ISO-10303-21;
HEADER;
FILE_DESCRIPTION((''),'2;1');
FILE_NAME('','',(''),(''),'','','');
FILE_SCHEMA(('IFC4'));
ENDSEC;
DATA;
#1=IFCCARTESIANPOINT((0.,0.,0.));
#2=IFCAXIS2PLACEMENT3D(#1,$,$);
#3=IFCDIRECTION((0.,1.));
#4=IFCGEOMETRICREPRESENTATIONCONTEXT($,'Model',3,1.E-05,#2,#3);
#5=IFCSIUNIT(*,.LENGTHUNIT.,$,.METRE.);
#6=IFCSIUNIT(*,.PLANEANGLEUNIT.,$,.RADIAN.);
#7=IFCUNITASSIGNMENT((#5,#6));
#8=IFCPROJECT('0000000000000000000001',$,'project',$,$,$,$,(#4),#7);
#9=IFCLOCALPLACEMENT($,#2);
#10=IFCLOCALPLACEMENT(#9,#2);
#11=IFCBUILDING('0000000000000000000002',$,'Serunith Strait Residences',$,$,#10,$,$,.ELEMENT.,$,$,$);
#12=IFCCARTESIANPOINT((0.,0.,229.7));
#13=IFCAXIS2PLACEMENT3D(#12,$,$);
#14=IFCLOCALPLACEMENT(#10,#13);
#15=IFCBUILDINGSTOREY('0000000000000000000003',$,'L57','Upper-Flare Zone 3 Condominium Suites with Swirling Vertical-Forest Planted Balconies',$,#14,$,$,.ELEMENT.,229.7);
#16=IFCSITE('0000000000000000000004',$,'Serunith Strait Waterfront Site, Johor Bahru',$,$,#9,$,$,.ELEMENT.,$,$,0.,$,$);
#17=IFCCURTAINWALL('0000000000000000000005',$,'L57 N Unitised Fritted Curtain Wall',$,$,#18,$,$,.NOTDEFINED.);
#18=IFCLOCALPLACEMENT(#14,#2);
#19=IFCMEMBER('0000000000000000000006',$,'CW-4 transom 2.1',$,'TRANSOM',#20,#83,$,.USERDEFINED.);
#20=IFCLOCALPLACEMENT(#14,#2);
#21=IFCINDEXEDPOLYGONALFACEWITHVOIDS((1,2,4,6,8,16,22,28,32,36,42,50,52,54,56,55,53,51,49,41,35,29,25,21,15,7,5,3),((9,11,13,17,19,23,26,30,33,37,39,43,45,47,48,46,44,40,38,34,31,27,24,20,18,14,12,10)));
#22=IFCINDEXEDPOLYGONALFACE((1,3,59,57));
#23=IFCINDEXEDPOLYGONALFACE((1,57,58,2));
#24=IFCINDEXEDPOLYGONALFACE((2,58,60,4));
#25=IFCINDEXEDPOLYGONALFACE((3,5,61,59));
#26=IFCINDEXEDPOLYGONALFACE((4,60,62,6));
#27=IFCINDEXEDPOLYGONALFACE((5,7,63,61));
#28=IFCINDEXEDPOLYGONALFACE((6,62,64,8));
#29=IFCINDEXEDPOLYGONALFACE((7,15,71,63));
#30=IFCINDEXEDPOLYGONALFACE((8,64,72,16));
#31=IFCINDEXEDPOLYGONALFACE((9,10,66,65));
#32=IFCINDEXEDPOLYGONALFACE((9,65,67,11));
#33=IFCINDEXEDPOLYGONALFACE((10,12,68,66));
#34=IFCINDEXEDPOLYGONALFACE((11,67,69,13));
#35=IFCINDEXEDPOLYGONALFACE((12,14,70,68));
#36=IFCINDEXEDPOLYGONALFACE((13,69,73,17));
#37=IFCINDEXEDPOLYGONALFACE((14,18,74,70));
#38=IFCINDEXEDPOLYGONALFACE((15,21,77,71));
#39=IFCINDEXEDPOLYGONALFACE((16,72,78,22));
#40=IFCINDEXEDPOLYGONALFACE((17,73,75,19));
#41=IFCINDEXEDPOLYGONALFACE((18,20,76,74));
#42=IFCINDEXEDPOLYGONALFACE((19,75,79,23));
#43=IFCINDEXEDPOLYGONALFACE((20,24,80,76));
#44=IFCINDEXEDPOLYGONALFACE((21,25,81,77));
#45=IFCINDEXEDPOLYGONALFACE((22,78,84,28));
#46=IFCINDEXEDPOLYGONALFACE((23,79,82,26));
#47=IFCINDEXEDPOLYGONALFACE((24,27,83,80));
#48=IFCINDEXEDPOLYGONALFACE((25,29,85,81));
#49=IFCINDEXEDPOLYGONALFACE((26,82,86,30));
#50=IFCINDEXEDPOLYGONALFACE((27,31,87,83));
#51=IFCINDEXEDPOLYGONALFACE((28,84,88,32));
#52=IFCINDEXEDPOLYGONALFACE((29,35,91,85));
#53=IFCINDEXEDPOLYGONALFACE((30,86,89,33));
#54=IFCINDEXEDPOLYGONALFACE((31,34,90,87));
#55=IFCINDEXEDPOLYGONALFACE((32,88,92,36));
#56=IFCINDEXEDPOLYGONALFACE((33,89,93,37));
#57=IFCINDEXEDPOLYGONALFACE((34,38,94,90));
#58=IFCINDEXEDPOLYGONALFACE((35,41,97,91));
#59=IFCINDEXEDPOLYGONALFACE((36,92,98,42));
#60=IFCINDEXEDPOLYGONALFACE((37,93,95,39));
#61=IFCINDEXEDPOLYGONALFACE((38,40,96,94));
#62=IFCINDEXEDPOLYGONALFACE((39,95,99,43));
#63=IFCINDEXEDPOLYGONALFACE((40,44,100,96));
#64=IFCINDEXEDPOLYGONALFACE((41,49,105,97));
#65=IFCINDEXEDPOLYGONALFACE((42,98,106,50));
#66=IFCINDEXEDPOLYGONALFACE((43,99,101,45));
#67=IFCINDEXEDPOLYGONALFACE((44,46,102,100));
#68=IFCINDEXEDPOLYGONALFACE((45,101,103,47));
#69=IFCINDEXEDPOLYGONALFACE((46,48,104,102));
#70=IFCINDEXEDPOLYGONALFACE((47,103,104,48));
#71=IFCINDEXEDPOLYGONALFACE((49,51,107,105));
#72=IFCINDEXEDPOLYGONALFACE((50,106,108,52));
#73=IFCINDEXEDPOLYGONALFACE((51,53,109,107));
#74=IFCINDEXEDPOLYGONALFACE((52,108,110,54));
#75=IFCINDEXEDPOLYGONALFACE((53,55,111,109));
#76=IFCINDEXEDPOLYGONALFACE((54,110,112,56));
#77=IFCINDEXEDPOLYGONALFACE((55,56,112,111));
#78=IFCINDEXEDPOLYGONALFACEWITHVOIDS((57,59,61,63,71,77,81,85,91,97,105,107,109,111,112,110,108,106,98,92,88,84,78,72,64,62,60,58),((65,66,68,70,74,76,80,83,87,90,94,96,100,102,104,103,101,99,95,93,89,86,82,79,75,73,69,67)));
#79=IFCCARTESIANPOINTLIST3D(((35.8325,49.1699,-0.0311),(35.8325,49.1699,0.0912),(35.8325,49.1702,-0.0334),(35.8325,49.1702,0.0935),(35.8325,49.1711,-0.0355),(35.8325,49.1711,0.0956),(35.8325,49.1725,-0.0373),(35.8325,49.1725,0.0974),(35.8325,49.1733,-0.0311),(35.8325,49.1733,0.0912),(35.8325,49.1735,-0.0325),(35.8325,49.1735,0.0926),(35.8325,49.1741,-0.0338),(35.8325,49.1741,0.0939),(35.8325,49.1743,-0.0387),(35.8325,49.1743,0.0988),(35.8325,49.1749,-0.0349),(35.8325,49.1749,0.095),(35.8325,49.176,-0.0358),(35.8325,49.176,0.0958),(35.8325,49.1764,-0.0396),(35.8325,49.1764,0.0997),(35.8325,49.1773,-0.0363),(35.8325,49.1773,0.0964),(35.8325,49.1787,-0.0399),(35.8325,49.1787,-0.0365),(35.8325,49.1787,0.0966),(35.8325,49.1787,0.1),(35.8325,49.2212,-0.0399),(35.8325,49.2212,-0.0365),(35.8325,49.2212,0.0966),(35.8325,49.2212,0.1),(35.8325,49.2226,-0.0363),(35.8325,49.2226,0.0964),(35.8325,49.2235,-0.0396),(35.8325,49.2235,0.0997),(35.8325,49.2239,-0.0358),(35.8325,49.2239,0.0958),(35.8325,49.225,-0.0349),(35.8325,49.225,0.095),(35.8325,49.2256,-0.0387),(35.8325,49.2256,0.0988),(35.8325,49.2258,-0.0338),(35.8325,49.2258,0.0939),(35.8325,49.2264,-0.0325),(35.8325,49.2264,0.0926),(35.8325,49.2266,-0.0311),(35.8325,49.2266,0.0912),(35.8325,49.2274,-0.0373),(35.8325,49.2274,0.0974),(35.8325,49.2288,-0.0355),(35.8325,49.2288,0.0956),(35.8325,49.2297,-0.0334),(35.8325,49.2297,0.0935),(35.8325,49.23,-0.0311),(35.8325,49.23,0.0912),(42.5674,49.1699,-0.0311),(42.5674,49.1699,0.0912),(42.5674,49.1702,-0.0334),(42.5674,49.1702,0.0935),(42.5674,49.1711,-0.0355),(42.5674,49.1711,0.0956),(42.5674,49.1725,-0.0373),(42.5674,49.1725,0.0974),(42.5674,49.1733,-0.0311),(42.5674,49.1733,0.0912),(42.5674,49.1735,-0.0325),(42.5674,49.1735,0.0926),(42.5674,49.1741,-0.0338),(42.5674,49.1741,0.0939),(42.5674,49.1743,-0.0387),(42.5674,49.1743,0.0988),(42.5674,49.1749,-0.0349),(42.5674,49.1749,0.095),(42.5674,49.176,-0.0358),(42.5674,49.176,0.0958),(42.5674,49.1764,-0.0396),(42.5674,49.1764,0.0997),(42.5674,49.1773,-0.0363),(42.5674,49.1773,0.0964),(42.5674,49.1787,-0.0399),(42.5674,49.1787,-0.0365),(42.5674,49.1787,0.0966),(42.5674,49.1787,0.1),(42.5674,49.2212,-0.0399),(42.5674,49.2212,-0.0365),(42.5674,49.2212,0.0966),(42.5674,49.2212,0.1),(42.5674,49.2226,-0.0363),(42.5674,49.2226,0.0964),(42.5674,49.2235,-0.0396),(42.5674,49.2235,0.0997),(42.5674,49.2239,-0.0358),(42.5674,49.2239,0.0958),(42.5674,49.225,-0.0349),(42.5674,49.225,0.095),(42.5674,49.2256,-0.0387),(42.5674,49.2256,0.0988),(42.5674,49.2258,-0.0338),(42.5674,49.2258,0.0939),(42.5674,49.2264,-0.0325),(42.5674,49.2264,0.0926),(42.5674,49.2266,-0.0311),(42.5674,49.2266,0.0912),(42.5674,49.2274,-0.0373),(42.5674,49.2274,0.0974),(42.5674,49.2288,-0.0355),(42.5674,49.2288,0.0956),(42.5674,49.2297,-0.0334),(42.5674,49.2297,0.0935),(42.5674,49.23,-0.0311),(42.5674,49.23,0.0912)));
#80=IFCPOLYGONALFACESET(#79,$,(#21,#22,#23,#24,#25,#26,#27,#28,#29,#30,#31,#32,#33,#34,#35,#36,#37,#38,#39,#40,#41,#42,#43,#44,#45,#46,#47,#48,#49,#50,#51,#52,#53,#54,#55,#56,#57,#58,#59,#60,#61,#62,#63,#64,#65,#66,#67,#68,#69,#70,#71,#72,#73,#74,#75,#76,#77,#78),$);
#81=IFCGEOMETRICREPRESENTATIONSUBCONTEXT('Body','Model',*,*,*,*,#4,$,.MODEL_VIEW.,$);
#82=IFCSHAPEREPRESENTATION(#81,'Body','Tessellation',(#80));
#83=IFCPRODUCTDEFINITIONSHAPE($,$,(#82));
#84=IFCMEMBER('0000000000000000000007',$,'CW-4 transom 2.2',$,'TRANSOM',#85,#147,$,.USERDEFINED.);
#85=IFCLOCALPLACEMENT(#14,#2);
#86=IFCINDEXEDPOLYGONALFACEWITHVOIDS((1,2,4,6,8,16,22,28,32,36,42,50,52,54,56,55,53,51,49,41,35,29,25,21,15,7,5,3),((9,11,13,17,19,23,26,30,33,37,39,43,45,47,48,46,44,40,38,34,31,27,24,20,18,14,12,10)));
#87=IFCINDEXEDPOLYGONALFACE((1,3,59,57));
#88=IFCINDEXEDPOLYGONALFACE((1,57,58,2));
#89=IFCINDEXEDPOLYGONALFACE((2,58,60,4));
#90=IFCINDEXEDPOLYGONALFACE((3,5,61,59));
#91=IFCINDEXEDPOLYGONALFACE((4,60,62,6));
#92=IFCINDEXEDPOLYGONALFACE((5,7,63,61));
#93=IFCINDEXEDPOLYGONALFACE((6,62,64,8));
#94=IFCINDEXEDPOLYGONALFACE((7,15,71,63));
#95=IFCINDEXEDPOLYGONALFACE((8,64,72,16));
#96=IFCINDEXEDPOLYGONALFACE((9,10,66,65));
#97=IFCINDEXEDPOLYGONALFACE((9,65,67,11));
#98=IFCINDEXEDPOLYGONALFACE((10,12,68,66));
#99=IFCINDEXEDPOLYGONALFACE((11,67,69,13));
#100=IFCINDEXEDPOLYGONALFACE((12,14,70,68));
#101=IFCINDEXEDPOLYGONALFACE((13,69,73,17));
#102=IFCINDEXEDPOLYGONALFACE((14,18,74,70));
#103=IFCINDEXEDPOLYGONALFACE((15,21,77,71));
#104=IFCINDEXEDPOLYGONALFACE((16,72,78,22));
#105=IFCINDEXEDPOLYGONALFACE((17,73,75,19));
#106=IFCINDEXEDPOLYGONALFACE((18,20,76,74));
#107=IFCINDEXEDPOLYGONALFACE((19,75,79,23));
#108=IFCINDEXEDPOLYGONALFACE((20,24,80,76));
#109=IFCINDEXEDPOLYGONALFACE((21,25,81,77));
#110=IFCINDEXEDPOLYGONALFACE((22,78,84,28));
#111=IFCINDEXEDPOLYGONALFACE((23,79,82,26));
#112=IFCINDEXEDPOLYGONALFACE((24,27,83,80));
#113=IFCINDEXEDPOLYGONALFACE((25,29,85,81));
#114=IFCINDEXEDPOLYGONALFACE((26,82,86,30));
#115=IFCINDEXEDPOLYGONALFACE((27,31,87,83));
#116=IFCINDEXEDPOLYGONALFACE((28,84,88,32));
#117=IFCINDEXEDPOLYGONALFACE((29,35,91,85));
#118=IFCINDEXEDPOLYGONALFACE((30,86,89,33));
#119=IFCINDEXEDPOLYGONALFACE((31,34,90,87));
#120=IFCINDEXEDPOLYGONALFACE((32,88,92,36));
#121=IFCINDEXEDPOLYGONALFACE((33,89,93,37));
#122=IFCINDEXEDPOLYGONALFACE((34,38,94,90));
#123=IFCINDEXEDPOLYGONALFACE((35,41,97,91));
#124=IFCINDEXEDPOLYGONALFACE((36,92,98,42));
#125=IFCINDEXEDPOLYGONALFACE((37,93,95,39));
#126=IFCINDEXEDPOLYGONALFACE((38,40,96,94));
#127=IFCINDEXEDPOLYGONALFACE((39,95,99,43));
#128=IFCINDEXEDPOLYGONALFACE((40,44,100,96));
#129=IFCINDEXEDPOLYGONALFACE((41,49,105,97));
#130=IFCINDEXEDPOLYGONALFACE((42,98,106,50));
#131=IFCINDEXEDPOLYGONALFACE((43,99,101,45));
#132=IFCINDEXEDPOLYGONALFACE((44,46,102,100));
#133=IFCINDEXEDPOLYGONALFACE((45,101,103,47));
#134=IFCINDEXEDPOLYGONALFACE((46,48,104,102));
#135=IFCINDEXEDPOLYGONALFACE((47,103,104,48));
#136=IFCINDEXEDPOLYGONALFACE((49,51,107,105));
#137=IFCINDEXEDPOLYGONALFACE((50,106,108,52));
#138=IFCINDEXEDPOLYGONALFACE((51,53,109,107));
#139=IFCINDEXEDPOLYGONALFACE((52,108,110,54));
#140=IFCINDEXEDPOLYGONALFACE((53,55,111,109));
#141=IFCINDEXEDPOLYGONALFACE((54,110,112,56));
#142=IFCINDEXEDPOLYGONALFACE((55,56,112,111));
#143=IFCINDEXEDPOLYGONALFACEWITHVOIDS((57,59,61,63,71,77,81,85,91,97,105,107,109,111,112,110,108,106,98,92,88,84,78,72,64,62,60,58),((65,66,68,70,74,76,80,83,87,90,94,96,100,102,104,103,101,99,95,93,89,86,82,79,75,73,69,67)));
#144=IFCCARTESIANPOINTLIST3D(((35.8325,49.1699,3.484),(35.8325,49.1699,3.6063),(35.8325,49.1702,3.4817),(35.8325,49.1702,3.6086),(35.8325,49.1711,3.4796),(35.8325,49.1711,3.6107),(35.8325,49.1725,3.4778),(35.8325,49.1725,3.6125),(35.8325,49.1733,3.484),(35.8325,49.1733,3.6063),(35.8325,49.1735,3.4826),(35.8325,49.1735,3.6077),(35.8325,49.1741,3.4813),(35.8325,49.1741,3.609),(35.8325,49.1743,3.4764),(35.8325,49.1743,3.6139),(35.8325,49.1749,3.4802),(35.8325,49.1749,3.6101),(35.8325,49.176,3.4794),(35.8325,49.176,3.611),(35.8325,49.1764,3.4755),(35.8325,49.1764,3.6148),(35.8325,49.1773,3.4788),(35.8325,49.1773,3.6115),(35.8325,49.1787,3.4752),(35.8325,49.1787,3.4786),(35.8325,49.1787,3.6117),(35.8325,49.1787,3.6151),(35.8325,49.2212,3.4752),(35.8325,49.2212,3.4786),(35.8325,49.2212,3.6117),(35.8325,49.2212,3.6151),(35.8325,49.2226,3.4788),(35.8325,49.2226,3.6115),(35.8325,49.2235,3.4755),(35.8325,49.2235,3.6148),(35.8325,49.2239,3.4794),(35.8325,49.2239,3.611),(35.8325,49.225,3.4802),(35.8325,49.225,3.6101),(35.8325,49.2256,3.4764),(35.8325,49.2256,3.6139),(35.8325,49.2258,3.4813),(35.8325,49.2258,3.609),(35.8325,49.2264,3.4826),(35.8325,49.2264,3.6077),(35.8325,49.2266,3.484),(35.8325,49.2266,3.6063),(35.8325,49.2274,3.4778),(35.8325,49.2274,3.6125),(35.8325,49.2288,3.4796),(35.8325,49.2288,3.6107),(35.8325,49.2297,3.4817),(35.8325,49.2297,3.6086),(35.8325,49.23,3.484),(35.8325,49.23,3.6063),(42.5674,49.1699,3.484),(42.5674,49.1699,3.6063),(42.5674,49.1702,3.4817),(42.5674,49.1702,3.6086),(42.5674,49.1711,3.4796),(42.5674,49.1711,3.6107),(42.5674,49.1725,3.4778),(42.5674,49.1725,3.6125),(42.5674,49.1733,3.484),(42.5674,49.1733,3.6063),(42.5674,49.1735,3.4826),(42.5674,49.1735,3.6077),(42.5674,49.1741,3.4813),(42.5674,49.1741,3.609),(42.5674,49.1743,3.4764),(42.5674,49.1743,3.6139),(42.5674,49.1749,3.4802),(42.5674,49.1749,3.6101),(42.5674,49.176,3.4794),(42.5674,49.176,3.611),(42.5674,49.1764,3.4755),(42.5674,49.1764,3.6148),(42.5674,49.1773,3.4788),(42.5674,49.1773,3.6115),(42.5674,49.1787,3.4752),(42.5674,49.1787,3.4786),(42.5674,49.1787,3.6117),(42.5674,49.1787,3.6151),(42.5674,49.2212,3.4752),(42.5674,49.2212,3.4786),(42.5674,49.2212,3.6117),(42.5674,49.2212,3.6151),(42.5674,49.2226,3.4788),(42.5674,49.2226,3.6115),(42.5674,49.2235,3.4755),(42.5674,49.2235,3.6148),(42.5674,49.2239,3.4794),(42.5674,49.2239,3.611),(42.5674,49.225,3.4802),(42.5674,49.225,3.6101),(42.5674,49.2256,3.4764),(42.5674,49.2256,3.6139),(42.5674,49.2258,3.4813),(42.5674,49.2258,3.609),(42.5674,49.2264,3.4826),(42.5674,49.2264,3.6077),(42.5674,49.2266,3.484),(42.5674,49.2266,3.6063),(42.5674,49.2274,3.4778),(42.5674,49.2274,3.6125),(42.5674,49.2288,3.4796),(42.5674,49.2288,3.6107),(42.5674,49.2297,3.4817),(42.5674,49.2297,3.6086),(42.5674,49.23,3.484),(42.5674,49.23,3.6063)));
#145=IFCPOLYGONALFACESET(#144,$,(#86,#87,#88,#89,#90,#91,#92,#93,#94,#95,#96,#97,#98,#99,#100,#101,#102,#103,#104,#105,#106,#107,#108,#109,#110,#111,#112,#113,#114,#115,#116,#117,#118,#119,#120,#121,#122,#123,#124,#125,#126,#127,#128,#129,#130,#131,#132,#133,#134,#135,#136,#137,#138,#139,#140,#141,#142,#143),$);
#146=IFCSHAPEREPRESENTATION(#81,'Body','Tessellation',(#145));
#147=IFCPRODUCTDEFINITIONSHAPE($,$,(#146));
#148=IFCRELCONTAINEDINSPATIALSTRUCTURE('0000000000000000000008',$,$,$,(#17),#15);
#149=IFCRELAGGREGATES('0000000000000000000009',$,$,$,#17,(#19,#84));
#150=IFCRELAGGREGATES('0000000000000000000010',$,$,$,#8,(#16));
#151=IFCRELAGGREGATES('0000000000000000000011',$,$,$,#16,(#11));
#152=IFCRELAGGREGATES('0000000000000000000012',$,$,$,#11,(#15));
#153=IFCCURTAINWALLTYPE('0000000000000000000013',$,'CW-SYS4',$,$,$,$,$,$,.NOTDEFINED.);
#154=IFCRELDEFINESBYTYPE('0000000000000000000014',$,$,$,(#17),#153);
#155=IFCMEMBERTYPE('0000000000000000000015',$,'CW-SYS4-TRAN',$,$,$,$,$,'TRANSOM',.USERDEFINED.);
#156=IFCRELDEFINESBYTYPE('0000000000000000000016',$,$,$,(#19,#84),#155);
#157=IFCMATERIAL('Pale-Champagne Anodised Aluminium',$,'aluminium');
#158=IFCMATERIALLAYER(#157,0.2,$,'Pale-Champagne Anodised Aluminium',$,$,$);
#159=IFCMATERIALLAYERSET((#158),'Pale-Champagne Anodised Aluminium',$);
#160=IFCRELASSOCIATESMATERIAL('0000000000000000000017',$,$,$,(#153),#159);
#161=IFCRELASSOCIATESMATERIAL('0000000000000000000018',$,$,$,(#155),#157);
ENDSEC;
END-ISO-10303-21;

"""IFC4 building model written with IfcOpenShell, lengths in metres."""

from ifc_helpers import new_model, si_unit, direction, frame, origin, origin_2d, place, context, subcontext, project, spatial, hollow_rectangle, extrude, source, transform, mapped, material, layer, layer_set, material_profile, profile_set, type_object, element, aggregate, save


model = new_model("IFC4")

# Units and contexts
model_context = context("Model", 3, precision=1e-05, world=origin(), true_north=direction((0.0, 1.0)))
body_context = subcontext(model_context, "Body", "Model", "MODEL_VIEW")
ifc_project = project(units=[si_unit("LENGTHUNIT", "METRE"), si_unit("PLANEANGLEUNIT", "RADIAN")], contexts=[model_context])

# Site, building, storey
site_placement = place(None, origin())
site = spatial("IfcSite", under=ifc_project, at=site_placement, Name="Serunith Strait Waterfront Site, Johor Bahru", CompositionType="ELEMENT", RefElevation=0.0)
building_placement = place(site_placement, origin())
building = spatial("IfcBuilding", under=site, at=building_placement, Name="Serunith Strait Residences", CompositionType="ELEMENT")
storey_placement = place(building_placement, frame((0.0, 0.0, 229.7)))
storey = spatial("IfcBuildingStorey", under=building, at=storey_placement, Name="L57", Description="Upper-Flare Zone 3 Condominium Suites with Swirling Vertical-Forest Planted Balconies", CompositionType="ELEMENT", Elevation=229.7)

# Curtain wall, members
ifc_material_1 = material(Name="Pale-Champagne Anodised Aluminium", Category="aluminium")
ifc_layer_1 = layer(ifc_material_1, 0.2, Name="Pale-Champagne Anodised Aluminium")
ifc_layer_set_1 = layer_set([ifc_layer_1], Name="Pale-Champagne Anodised Aluminium")
curtain_wall_type = type_object("IfcCurtainWallType", Name="CW-SYS4", PredefinedType="NOTDEFINED", material=ifc_layer_set_1)
curtain_wall_placement = place(storey_placement, origin())
curtain_wall = element("IfcCurtainWall", 1, at=curtain_wall_placement, inside=storey, type_object=curtain_wall_type, Name="L57 N Unitised Fritted Curtain Wall", PredefinedType="NOTDEFINED")
ifc_material_profile_1 = material_profile(ifc_material_1, hollow_rectangle(XDim=0.0601, YDim=0.1399, WallThickness=0.0034, InnerFilletRadius=0.0054, OuterFilletRadius=0.0088, at=origin_2d()), Name="ALU 140x60x3.5")
ifc_profile_set_1 = profile_set([ifc_material_profile_1], Name="Pale-Champagne Anodised Aluminium")
member_type_1 = type_object("IfcMemberType", Name="CW-SYS4-TRAN", ElementType="TRANSOM", PredefinedType="USERDEFINED", material=ifc_profile_set_1)
shared_shape_1 = source(origin(), body_context, "Body", "SweptSolid", [
    extrude(hollow_rectangle(XDim=0.0601, YDim=0.1399, WallThickness=0.0034, InnerFilletRadius=0.0054, OuterFilletRadius=0.0088, at=origin_2d()), origin(), (0.0, 0.0, 1.0), 6.7349),
])
member_1_placement = place(storey_placement, frame((42.5674, 49.2, 0.03), z_axis=(-1.0, 0.0, 0.0), x_axis=(0.0, -1.0, 0.0)))
member_1 = element("IfcMember", 2, at=member_1_placement, type_object=member_type_1, Name="CW-4 transom 2.1", ObjectType="TRANSOM", PredefinedType="USERDEFINED", context=body_context, shape_type="MappedRepresentation", body=[
    mapped(shared_shape_1, transform((0.0, 0.0, 0.0), scale=1.0)),
])
member_2_placement = place(storey_placement, frame((42.5674, 49.2, 3.5452), z_axis=(-1.0, 0.0, 0.0), x_axis=(0.0, -1.0, 0.0)))
member_2 = element("IfcMember", 3, at=member_2_placement, type_object=member_type_1, Name="CW-4 transom 2.2", ObjectType="TRANSOM", PredefinedType="USERDEFINED", context=body_context, shape_type="MappedRepresentation", body=[
    mapped(shared_shape_1, transform((0.0, 0.0, 0.0), scale=1.0)),
])
aggregate(curtain_wall, [member_1, member_2])

save(model, "model.ifc")
